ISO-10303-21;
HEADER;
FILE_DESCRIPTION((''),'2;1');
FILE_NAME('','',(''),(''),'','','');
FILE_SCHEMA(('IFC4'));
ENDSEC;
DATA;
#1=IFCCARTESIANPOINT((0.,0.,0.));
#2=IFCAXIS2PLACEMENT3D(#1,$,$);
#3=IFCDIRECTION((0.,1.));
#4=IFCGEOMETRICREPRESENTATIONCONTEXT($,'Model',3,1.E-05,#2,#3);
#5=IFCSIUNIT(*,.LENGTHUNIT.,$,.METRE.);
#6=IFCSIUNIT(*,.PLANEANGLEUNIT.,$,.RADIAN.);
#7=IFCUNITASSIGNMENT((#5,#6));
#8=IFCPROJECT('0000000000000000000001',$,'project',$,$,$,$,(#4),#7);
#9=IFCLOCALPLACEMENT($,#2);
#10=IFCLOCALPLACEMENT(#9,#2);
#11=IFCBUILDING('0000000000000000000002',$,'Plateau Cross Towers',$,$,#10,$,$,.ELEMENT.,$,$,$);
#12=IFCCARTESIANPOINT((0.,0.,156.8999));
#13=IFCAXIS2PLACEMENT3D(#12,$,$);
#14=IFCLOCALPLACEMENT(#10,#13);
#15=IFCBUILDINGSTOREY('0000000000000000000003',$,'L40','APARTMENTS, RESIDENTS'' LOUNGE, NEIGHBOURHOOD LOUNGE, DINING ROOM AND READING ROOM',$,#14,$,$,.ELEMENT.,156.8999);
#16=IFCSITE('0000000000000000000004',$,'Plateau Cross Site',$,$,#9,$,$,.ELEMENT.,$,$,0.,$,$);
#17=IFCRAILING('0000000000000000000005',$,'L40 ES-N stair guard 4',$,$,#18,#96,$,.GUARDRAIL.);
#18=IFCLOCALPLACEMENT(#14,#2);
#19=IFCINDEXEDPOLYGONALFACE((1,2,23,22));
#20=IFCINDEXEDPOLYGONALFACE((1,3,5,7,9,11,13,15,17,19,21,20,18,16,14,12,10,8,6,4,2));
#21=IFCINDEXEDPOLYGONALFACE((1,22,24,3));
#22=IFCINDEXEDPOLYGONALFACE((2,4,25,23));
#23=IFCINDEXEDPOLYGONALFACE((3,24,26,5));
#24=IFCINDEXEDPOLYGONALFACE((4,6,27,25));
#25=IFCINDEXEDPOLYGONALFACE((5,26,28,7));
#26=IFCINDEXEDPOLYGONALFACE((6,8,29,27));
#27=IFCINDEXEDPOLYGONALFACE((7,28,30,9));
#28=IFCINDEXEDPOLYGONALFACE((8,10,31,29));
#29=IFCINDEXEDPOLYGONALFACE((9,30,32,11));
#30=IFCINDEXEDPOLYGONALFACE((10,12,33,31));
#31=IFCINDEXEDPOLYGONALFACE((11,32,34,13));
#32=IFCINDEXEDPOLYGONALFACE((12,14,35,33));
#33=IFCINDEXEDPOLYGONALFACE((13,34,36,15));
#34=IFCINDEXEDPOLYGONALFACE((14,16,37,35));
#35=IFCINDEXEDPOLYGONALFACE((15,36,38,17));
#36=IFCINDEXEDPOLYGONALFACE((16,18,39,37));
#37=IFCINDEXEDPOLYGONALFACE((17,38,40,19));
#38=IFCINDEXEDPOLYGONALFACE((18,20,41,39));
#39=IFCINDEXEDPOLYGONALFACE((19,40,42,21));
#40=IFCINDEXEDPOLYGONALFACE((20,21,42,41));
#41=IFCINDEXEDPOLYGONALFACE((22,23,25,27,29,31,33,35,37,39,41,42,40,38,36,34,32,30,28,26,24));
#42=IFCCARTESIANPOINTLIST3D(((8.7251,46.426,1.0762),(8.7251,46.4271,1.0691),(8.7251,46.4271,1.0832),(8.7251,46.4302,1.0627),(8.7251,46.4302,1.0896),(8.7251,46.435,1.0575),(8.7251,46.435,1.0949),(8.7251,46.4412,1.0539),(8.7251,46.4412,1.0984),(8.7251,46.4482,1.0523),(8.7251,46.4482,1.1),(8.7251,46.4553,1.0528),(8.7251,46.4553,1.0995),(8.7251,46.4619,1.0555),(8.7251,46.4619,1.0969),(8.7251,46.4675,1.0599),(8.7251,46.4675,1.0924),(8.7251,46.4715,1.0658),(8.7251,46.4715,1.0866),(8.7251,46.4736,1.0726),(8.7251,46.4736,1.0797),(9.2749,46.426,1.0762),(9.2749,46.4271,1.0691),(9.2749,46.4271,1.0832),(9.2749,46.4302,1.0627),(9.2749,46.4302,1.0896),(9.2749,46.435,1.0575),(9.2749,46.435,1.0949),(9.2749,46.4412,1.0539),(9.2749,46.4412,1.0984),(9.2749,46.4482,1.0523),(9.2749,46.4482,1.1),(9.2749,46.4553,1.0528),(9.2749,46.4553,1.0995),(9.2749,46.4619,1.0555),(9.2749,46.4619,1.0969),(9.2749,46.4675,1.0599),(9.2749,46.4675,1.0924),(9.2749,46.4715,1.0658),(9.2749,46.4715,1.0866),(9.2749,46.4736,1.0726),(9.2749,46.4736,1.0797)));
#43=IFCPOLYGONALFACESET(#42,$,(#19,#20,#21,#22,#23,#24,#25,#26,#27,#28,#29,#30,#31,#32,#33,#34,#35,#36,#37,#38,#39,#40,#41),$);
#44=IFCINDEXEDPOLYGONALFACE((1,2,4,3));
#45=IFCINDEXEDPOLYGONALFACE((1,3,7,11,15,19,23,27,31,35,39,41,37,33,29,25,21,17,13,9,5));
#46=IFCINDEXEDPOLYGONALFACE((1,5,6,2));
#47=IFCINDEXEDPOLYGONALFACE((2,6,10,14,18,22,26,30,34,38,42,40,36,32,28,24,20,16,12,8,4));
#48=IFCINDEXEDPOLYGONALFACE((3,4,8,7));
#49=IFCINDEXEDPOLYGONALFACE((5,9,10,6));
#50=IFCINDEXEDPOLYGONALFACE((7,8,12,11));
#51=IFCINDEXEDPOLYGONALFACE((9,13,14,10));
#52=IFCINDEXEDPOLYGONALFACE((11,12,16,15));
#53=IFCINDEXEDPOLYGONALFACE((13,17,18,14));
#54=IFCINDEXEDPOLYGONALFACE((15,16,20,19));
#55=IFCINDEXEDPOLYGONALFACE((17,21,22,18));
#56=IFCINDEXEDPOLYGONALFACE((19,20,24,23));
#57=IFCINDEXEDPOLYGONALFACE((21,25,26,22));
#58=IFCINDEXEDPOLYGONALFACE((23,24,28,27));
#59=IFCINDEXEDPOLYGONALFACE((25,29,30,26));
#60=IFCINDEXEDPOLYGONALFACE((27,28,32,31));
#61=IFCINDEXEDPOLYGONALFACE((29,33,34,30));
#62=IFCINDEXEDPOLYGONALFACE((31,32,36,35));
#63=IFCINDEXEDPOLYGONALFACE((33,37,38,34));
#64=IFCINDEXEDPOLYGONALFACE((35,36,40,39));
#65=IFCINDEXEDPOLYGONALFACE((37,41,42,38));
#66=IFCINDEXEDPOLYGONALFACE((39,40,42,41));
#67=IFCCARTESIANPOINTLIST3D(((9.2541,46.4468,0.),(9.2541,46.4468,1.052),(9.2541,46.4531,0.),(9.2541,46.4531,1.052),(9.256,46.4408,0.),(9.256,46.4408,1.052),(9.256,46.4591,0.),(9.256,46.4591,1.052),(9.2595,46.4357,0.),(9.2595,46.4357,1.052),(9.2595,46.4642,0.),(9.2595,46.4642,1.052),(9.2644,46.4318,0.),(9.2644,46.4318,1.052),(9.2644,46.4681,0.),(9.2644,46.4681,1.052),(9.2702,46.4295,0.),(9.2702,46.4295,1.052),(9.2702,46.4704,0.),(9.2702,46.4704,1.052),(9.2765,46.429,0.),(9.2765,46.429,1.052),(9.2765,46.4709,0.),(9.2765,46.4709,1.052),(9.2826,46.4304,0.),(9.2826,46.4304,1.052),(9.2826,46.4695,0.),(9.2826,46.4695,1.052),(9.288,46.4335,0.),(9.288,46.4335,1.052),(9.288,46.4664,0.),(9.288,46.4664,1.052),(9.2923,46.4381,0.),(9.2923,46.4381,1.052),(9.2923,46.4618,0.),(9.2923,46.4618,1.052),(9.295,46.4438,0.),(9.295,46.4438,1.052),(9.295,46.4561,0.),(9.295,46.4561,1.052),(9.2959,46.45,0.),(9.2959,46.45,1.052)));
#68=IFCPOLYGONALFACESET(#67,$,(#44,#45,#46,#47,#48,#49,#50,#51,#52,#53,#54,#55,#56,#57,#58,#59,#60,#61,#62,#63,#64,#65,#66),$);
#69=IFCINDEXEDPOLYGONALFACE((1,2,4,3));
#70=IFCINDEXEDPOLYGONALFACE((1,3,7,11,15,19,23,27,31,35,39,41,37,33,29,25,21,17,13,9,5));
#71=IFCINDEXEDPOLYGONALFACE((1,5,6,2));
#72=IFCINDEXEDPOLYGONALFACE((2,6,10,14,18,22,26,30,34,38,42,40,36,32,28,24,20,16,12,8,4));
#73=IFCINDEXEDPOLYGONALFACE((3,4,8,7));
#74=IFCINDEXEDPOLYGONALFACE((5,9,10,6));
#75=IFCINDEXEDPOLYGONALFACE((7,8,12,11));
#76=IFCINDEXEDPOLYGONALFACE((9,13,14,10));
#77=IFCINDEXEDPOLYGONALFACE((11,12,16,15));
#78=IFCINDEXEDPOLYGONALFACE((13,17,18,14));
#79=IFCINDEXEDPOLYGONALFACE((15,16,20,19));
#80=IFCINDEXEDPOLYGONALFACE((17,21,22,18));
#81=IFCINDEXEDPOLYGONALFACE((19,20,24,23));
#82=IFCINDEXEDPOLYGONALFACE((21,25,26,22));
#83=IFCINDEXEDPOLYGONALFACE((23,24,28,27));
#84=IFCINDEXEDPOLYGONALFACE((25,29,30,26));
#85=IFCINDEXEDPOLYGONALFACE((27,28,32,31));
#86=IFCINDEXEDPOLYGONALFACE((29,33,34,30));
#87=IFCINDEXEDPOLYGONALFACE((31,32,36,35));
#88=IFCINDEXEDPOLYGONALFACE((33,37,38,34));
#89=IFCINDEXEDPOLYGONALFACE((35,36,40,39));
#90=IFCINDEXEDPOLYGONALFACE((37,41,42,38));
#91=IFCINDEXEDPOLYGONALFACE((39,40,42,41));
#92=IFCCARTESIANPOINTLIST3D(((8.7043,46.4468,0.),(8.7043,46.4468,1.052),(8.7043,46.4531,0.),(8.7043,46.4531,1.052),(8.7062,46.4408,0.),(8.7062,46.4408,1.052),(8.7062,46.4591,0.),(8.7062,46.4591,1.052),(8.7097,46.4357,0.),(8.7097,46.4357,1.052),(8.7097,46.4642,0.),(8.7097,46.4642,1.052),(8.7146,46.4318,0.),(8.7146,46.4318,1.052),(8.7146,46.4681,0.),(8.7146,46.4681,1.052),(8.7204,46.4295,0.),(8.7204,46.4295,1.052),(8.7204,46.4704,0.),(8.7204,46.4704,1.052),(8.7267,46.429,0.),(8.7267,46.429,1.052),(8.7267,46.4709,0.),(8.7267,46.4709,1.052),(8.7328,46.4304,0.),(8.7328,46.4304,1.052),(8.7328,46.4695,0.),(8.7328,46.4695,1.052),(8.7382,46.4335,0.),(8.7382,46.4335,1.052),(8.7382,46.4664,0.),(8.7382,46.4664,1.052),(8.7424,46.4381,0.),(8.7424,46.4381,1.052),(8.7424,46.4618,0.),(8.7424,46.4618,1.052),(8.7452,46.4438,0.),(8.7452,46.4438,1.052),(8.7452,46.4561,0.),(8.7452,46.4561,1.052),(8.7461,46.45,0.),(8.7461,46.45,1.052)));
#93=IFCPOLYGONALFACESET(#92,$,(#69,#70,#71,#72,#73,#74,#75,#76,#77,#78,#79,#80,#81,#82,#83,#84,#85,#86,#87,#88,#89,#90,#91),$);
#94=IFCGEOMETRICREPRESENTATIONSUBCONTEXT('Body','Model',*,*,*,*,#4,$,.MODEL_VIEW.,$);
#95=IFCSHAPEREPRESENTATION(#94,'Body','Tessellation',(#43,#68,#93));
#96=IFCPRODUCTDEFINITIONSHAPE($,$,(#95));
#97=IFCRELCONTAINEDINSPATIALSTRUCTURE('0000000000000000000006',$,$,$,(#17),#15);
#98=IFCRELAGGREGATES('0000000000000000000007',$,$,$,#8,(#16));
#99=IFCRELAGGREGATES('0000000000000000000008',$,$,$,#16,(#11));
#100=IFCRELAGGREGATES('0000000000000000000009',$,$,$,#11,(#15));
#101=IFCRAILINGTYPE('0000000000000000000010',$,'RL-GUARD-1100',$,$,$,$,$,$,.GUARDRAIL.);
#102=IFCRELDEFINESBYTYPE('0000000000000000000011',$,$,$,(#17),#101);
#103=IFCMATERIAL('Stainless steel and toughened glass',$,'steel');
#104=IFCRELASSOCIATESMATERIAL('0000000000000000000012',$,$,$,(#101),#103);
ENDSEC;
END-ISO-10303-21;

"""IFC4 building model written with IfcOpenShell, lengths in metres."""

from ifc_helpers import new_model, si_unit, direction, frame, origin, origin_2d, place, context, subcontext, project, spatial, circle, extrude, material, type_object, element, save


model = new_model("IFC4")

# Units and contexts
model_context = context("Model", 3, precision=1e-05, world=origin(), true_north=direction((0.0, 1.0)))
body_context = subcontext(model_context, "Body", "Model", "MODEL_VIEW")
ifc_project = project(units=[si_unit("LENGTHUNIT", "METRE"), si_unit("PLANEANGLEUNIT", "RADIAN")], contexts=[model_context])

# Site, building, storey
site_placement = place(None, origin())
site = spatial("IfcSite", under=ifc_project, at=site_placement, Name="Plateau Cross Site", CompositionType="ELEMENT", RefElevation=0.0)
building_placement = place(site_placement, origin())
building = spatial("IfcBuilding", under=site, at=building_placement, Name="Plateau Cross Towers", CompositionType="ELEMENT")
storey_placement = place(building_placement, frame((0.0, 0.0, 156.8999)))
storey = spatial("IfcBuildingStorey", under=building, at=storey_placement, Name="L40", Description="APARTMENTS, RESIDENTS' LOUNGE, NEIGHBOURHOOD LOUNGE, DINING ROOM AND READING ROOM", CompositionType="ELEMENT", Elevation=156.8999)

# Railing
ifc_material_1 = material(Name="Stainless steel and toughened glass", Category="steel")
railing_type_1 = type_object("IfcRailingType", Name="RL-GUARD-1100", PredefinedType="GUARDRAIL", material=ifc_material_1)
railing_1_placement = place(storey_placement, frame((9.2749, 46.45, 0.0)))
element("IfcRailing", 1, at=railing_1_placement, inside=storey, type_object=railing_type_1, Name="L40 ES-N stair guard 4", PredefinedType="GUARDRAIL", context=body_context, shape_type="SweptSolid", body=[
    extrude(circle(Radius=0.0239, at=origin_2d()), frame((0.0, 0.0, 1.0762), z_axis=(-1.0, 0.0, 0.0), x_axis=(0.0, -1.0, 0.0)), (0.0, 0.0, 1.0), 0.5498),
    extrude(circle(Radius=0.021, at=origin_2d()), origin(), (0.0, 0.0, 1.0), 1.052),
    extrude(circle(Radius=0.021, at=origin_2d()), frame((-0.5498, 0.0, 0.0)), (0.0, 0.0, 1.0), 1.052),
])

save(model, "model.ifc")
